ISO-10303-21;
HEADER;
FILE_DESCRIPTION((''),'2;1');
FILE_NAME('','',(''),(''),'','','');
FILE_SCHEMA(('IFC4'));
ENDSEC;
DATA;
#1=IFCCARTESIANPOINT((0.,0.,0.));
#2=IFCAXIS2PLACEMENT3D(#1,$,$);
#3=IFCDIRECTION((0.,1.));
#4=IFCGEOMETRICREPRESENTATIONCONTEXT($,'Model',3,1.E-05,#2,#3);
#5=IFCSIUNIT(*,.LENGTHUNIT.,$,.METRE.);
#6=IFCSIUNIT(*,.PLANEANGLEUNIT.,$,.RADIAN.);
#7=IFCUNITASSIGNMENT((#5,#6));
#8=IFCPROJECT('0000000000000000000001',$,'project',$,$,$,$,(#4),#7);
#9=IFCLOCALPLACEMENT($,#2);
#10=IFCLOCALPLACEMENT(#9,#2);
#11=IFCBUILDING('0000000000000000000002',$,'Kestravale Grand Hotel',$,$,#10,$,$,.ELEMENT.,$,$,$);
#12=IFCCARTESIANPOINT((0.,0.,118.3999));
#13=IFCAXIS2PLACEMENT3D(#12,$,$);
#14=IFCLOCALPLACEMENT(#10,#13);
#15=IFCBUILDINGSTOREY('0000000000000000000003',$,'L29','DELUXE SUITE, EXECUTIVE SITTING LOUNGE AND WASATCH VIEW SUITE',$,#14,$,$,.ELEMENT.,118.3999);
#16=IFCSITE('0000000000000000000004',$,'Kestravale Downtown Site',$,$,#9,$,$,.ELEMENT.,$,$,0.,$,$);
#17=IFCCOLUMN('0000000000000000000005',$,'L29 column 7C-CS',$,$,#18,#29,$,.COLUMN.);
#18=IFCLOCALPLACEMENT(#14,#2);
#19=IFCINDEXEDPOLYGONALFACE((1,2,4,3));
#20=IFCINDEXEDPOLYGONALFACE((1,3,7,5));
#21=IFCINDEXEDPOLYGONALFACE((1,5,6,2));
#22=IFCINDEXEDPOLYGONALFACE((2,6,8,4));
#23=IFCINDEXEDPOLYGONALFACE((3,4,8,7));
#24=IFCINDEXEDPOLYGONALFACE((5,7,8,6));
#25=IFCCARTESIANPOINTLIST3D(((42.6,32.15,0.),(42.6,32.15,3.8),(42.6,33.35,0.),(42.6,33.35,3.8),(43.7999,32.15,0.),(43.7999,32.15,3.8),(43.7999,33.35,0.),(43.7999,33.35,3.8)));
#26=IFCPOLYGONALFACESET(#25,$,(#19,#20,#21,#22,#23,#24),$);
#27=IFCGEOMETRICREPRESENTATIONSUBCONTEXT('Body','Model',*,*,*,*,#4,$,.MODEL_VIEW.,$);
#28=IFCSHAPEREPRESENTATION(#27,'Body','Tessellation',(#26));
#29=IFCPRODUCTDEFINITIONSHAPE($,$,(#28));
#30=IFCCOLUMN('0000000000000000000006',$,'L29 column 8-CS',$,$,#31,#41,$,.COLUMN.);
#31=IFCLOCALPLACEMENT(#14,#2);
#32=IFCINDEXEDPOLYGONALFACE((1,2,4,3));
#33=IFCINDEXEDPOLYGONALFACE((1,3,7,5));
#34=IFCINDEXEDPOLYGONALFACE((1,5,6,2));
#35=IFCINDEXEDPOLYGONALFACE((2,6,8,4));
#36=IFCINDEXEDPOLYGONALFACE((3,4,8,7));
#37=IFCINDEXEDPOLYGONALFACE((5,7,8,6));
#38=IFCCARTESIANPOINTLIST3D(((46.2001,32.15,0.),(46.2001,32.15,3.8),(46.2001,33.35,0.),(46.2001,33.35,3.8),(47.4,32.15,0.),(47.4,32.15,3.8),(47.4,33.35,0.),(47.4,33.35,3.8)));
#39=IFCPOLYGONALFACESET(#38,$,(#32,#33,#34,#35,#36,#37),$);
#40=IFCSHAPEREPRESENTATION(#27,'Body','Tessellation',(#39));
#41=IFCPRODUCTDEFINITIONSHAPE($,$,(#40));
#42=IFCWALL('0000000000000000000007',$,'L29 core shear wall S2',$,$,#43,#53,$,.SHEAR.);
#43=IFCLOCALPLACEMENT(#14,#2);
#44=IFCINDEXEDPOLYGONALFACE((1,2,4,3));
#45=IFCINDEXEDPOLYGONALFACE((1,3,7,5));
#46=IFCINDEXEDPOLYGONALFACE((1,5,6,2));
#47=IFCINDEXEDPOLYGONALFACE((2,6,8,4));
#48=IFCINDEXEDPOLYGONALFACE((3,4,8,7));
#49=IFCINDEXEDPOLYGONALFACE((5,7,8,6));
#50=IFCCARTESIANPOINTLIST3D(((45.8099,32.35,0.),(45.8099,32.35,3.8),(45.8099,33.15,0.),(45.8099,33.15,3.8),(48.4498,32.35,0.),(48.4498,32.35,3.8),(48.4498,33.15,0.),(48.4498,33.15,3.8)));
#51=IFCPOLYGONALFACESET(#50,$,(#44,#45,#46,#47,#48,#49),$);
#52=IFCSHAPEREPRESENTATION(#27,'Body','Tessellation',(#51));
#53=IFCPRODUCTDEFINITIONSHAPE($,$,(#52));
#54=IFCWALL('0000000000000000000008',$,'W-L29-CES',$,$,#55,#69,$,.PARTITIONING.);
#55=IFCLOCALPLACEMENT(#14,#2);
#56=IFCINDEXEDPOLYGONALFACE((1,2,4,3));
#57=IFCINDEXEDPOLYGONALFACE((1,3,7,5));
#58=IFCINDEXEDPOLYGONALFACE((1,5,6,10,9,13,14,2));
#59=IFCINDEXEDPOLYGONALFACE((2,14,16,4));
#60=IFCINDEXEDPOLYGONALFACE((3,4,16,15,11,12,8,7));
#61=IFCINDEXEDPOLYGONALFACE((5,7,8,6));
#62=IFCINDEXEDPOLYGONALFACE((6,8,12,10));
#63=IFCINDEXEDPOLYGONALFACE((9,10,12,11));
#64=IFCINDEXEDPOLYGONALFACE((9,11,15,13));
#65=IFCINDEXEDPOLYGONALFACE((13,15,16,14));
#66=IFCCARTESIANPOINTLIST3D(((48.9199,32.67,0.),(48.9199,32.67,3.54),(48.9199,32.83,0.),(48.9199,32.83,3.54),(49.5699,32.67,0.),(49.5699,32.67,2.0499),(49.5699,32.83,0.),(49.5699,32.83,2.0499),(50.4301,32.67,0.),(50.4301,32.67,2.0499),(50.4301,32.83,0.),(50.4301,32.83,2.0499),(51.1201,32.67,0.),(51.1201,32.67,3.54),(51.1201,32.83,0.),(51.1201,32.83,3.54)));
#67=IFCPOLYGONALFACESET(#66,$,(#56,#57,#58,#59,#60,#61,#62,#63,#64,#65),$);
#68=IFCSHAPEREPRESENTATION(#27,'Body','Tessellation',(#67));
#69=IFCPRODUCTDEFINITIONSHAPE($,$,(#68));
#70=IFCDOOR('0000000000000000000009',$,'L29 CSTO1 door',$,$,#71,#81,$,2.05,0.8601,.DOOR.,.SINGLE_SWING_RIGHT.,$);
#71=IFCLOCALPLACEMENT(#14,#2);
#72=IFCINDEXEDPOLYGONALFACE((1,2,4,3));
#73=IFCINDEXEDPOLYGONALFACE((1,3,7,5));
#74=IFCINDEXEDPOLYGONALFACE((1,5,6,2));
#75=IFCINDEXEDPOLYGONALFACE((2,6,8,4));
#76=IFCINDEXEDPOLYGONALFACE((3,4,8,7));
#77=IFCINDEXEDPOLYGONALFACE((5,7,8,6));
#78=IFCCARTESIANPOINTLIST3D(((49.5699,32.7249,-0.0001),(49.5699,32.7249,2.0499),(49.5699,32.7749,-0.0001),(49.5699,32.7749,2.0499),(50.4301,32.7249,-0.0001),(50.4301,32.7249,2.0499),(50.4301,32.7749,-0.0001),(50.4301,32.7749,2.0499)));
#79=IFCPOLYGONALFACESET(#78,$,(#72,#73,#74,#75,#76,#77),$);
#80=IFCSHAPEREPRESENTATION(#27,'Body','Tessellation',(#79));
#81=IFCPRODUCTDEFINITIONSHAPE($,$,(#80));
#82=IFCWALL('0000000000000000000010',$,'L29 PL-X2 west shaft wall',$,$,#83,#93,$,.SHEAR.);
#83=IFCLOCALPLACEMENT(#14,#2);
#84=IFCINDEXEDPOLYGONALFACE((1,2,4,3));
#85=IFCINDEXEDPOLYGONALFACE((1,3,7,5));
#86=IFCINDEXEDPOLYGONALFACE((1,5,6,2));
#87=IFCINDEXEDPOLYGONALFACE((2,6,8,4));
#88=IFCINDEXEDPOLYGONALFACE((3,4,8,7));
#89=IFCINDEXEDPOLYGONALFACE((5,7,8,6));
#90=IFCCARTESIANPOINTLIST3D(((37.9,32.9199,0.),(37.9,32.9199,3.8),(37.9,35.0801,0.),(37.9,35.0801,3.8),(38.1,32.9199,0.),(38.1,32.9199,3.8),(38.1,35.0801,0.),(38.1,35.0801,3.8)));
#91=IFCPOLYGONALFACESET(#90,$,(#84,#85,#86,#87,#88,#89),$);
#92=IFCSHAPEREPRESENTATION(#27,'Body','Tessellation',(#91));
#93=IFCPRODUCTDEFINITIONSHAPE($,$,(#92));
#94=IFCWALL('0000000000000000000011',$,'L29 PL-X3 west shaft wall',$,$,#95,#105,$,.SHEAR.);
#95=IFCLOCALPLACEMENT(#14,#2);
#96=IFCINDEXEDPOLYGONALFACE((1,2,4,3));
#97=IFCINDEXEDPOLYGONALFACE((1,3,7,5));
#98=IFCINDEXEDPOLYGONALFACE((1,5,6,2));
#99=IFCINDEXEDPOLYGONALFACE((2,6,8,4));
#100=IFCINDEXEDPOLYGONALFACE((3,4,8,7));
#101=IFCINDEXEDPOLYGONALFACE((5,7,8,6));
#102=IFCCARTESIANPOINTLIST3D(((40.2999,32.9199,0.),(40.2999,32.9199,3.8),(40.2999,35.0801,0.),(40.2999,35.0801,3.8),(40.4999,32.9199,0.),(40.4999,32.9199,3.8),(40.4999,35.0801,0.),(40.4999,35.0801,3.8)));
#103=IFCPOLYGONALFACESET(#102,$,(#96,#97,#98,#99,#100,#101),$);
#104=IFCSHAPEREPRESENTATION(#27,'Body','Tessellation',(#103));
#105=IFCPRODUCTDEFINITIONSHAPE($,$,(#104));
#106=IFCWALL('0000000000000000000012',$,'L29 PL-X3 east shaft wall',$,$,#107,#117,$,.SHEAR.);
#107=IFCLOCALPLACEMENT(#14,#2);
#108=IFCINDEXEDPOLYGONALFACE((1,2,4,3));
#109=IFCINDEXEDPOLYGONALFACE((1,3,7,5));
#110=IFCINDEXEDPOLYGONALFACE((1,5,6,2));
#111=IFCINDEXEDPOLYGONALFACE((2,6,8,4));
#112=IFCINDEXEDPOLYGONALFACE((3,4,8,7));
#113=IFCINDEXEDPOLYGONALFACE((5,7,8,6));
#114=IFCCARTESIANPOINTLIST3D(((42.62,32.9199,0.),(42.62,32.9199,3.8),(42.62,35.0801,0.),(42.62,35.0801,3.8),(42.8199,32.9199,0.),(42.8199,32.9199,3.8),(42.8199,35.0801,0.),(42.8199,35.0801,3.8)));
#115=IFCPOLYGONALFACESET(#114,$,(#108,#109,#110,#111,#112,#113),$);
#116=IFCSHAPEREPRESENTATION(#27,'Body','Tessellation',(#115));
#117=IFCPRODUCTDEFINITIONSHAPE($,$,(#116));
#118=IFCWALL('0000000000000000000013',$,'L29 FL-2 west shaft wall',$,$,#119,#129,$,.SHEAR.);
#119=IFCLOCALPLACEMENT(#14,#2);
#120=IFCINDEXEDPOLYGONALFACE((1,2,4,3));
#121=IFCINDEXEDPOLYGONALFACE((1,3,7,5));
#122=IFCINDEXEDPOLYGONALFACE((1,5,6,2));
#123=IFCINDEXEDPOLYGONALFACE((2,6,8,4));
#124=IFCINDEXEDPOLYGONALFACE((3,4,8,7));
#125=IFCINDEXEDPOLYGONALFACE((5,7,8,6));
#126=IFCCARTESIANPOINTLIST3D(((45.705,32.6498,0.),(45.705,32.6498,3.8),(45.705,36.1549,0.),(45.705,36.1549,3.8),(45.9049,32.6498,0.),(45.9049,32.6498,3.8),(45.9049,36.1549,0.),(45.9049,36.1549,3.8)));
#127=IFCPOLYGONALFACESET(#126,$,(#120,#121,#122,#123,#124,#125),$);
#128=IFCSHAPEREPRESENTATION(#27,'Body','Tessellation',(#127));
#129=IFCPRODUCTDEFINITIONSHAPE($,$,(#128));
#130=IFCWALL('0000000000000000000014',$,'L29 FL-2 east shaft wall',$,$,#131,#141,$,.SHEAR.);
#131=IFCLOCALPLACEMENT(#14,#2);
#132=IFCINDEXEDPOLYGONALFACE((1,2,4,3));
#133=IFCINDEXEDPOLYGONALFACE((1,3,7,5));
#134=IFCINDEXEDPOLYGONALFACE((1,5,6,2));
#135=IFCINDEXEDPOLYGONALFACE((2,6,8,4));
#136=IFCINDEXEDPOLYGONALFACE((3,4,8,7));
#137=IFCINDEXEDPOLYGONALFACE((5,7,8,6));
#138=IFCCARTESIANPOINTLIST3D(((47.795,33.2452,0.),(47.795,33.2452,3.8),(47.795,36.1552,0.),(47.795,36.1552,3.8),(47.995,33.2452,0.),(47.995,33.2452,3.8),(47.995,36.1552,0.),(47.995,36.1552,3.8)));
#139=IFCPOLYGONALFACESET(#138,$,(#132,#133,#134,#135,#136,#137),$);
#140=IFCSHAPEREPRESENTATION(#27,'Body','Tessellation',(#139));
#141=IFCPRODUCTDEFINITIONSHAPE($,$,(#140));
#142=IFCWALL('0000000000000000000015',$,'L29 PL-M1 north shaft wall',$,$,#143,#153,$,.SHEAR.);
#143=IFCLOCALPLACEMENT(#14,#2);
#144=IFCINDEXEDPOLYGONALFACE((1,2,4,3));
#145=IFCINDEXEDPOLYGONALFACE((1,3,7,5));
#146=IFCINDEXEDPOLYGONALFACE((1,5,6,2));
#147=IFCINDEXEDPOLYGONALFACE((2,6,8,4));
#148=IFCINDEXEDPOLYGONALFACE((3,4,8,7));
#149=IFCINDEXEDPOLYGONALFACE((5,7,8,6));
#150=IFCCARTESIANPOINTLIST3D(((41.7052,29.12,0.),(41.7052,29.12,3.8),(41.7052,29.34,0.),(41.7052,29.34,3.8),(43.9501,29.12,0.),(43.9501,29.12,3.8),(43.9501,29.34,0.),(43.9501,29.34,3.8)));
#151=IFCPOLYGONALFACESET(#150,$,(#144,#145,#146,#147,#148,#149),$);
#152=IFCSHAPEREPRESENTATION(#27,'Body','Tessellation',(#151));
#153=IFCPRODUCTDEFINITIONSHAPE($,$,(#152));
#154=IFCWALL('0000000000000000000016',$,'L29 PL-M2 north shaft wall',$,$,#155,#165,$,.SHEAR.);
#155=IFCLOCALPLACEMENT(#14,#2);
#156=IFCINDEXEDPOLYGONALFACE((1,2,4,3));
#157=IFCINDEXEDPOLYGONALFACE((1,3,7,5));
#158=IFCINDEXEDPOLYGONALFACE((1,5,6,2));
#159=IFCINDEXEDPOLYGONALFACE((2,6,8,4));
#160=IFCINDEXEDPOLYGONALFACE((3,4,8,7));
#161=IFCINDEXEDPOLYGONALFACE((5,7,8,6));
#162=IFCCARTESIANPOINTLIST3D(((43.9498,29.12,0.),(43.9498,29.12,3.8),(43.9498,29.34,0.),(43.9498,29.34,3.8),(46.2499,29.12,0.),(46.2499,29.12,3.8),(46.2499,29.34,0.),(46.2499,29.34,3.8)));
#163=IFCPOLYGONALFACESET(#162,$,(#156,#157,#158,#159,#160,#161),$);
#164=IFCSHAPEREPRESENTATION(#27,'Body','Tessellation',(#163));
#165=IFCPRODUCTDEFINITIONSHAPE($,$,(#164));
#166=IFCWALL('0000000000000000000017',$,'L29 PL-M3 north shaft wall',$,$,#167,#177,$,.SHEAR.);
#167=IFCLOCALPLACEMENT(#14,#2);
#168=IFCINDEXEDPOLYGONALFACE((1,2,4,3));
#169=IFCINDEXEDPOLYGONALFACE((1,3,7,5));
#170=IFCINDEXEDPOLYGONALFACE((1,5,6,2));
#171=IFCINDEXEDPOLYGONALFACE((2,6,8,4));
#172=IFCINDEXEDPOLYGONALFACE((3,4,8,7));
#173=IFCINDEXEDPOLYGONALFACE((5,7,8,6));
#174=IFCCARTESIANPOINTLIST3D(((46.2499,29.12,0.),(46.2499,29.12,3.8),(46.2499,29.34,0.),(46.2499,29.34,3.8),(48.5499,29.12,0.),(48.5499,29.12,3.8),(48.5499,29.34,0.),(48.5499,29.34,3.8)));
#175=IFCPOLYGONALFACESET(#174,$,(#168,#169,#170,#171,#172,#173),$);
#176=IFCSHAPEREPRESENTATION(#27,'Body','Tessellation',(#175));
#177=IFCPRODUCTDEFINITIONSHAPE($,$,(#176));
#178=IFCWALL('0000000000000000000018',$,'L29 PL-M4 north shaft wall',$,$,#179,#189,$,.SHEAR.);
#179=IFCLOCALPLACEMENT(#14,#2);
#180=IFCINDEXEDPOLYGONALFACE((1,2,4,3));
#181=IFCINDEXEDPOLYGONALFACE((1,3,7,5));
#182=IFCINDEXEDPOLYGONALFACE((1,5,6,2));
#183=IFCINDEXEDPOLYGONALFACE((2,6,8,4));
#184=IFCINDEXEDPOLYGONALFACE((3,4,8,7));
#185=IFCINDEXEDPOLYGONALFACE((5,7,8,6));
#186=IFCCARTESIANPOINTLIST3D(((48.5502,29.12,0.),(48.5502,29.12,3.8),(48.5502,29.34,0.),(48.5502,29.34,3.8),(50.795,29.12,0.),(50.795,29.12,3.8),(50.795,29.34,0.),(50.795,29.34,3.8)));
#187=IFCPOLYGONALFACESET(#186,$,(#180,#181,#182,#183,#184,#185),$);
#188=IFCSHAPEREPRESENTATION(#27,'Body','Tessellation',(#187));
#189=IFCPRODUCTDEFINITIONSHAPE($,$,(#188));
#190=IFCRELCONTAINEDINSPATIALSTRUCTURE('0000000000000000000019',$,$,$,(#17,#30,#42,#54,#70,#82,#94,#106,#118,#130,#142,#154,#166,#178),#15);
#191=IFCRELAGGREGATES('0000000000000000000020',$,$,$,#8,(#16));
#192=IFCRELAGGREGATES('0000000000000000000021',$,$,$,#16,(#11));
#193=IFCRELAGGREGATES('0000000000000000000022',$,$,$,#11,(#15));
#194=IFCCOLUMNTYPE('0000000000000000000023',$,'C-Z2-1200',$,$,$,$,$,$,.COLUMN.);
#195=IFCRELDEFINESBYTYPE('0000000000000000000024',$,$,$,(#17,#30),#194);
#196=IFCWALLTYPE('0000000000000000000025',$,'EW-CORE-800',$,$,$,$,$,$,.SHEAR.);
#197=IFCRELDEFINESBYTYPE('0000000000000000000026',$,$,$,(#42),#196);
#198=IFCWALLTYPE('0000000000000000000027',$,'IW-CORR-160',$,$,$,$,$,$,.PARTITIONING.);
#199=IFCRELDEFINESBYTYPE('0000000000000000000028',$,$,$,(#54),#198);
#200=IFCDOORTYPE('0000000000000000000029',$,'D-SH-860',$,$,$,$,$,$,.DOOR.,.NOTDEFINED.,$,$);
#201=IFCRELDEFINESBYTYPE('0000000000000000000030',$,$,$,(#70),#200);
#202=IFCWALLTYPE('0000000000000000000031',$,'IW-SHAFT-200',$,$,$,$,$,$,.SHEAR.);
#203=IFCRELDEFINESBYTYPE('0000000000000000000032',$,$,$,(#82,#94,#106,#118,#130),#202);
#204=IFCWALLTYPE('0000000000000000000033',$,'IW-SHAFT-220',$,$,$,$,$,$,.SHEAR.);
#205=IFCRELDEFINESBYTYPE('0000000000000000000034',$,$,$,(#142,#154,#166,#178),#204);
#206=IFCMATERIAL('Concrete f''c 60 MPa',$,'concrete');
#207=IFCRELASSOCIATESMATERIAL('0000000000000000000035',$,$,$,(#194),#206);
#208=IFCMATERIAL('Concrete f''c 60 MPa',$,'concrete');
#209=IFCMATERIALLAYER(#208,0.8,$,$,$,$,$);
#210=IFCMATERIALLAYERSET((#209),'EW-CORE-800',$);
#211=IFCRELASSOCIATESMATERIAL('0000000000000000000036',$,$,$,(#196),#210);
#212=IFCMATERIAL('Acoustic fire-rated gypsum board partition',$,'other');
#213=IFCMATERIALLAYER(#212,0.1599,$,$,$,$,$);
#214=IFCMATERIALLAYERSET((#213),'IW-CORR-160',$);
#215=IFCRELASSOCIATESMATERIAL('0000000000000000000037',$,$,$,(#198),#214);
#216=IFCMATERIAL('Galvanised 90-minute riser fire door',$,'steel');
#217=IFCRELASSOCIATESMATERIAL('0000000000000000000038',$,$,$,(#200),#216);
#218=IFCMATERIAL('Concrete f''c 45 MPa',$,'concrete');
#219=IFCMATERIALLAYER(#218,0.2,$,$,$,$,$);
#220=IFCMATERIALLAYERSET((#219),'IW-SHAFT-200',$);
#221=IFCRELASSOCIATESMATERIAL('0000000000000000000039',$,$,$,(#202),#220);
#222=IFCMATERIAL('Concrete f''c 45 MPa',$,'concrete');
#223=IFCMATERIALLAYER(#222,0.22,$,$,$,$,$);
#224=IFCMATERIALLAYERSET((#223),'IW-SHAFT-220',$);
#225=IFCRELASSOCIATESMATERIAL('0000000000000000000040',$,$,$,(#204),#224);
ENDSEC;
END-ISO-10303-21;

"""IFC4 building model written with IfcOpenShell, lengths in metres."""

from ifc_helpers import new_model, si_unit, direction, frame, frame_2d, origin, origin_2d, place, context, subcontext, project, spatial, rectangle, extrude, material, layer, layer_set, material_profile, profile_set, type_object, element, fill, save


model = new_model("IFC4")

# Units and contexts
model_context = context("Model", 3, precision=1e-05, world=origin(), true_north=direction((0.0, 1.0)))
body_context = subcontext(model_context, "Body", "Model", "MODEL_VIEW")
ifc_project = project(units=[si_unit("LENGTHUNIT", "METRE"), si_unit("PLANEANGLEUNIT", "RADIAN")], contexts=[model_context])

# Site, building, storey
site_placement = place(None, origin())
site = spatial("IfcSite", under=ifc_project, at=site_placement, Name="Kestravale Downtown Site", CompositionType="ELEMENT", RefElevation=0.0)
building_placement = place(site_placement, origin())
building = spatial("IfcBuilding", under=site, at=building_placement, Name="Kestravale Grand Hotel", CompositionType="ELEMENT")
storey_placement = place(building_placement, frame((0.0, 0.0, 118.3999)))
storey = spatial("IfcBuildingStorey", under=building, at=storey_placement, Name="L29", Description="DELUXE SUITE, EXECUTIVE SITTING LOUNGE AND WASATCH VIEW SUITE", CompositionType="ELEMENT", Elevation=118.3999)

# Columns
ifc_material_1 = material(Name="Concrete f'c 60 MPa", Category="concrete")
ifc_material_profile = material_profile(ifc_material_1, rectangle(XDim=1.2, YDim=1.2, at=origin_2d()))
ifc_profile_set = profile_set([ifc_material_profile], Name="Concrete f'c 60 MPa")
column_type = type_object("IfcColumnType", Name="C-Z2-1200", PredefinedType="COLUMN", material=ifc_profile_set)
for number, where, z_axis, x_axis, name in (
    (1, (43.2, 32.75, 0.0), (0.0, 0.0, 1.0), (1.0, 0.0, 0.0), "L29 column 7C-CS"),
    (2, (46.8, 32.75, 0.0), (0.0, 0.0, 1.0), (1.0, 0.0, 0.0), "L29 column 8-CS"),
):
    element("IfcColumn", number, at=place(storey_placement, frame(where, z_axis=z_axis, x_axis=x_axis)), inside=storey, type_object=column_type, Name=name, PredefinedType="COLUMN", context=body_context, shape_type="SweptSolid", body=[
        extrude(rectangle(XDim=1.2, YDim=1.2, at=origin_2d()), origin(), (0.0, 0.0, 1.0), 3.8),
    ])

# Wall
ifc_material_2 = material(Name="Concrete f'c 60 MPa", Category="concrete")
ifc_layer_1 = layer(ifc_material_2, 0.8)
ifc_layer_set_1 = layer_set([ifc_layer_1], Name="EW-CORE-800")
wall_type_1 = type_object("IfcWallType", Name="EW-CORE-800", PredefinedType="SHEAR", material=ifc_layer_set_1)
wall_1_placement = place(storey_placement, frame((45.8101, 32.75, 0.0), z_axis=(0.0, 0.0, 1.0), x_axis=(1.0, 0.0, 0.0)))
element("IfcWall", 3, at=wall_1_placement, inside=storey, type_object=wall_type_1, Name="L29 core shear wall S2", PredefinedType="SHEAR", context=body_context, shape_type="SweptSolid", body=[
    extrude(rectangle(XDim=2.6399, YDim=0.8, at=frame_2d((1.3198, 0.0))), origin(), (0.0, 0.0, 1.0), 3.8),
])

# Wall, opening, door
ifc_material_3 = material(Name="Acoustic fire-rated gypsum board partition", Category="other")
ifc_layer_2 = layer(ifc_material_3, 0.1599)
ifc_layer_set_2 = layer_set([ifc_layer_2], Name="IW-CORR-160")
wall_type_2 = type_object("IfcWallType", Name="IW-CORR-160", PredefinedType="PARTITIONING", material=ifc_layer_set_2)
wall_2_placement = place(storey_placement, frame((48.9199, 32.75, 0.0), z_axis=(0.0, 0.0, 1.0), x_axis=(1.0, 0.0, 0.0)))
wall_2 = element("IfcWall", 4, at=wall_2_placement, inside=storey, type_object=wall_type_2, Name="W-L29-CES", PredefinedType="PARTITIONING", context=body_context, shape_type="SweptSolid", body=[
    extrude(rectangle(XDim=2.2002, YDim=0.1599, at=frame_2d((1.1001, 0.0))), origin(), (0.0, 0.0, 1.0), 3.54),
])
opening_1_placement = place(wall_2_placement, frame((0.6499, 0.0, 0.0)))
opening_1 = element("IfcOpeningElement", 5, at=opening_1_placement, cuts=wall_2, PredefinedType="OPENING", context=body_context, shape_type="SweptSolid", body=[
    extrude(rectangle(XDim=0.8601, YDim=2.05, at=frame_2d((0.4302, 1.0249))), frame((0.0, 0.0898, 0.0), z_axis=(0.0, -1.0, 0.0), x_axis=(1.0, 0.0, 0.0)), (0.0, 0.0, 1.0), 0.1799),
])
ifc_material_4 = material(Name="Galvanised 90-minute riser fire door", Category="steel")
door_type_1 = type_object("IfcDoorType", Name="D-SH-860", OperationType="NOTDEFINED", PredefinedType="DOOR", material=ifc_material_4)
door_1_placement = place(opening_1_placement, origin())
door_1 = element("IfcDoor", 6, at=door_1_placement, inside=storey, type_object=door_type_1, Name="L29 CSTO1 door", OperationType="SINGLE_SWING_RIGHT", OverallHeight=2.05, OverallWidth=0.8601, PredefinedType="DOOR", context=body_context, shape_type="SweptSolid", body=[
    extrude(rectangle(XDim=0.8601, YDim=2.05, at=frame_2d((0.4302, 1.0249))), frame((0.0, 0.0249, 0.0), z_axis=(0.0, -1.0, 0.0), x_axis=(1.0, 0.0, 0.0)), (0.0, 0.0, 1.0), 0.05),
])
fill(opening_1, door_1)

# Walls
ifc_material_5 = material(Name="Concrete f'c 45 MPa", Category="concrete")
ifc_layer_3 = layer(ifc_material_5, 0.2)
ifc_layer_set_3 = layer_set([ifc_layer_3], Name="IW-SHAFT-200")
wall_type_3 = type_object("IfcWallType", Name="IW-SHAFT-200", PredefinedType="SHEAR", material=ifc_layer_set_3)
for number, where, z_axis, x_axis, name in (
    (7, (38.0, 32.9199, 0.0), (0.0, 0.0, 1.0), (0.0, 1.0, 0.0), "L29 PL-X2 west shaft wall"),
    (8, (40.3999, 32.9199, 0.0), (0.0, 0.0, 1.0), (0.0, 1.0, 0.0), "L29 PL-X3 west shaft wall"),
    (9, (42.72, 32.9199, 0.0), (0.0, 0.0, 1.0), (0.0, 1.0, 0.0), "L29 PL-X3 east shaft wall"),
):
    element("IfcWall", number, at=place(storey_placement, frame(where, z_axis=z_axis, x_axis=x_axis)), inside=storey, type_object=wall_type_3, Name=name, PredefinedType="SHEAR", context=body_context, shape_type="SweptSolid", body=[
        extrude(rectangle(XDim=2.1602, YDim=0.2, at=frame_2d((1.0801, 0.0))), origin(), (0.0, 0.0, 1.0), 3.8),
    ])
wall_3_placement = place(storey_placement, frame((45.8049, 32.6499, 0.0), z_axis=(0.0, 0.0, 1.0), x_axis=(0.0, 1.0, 0.0)))
element("IfcWall", 10, at=wall_3_placement, inside=storey, type_object=wall_type_3, Name="L29 FL-2 west shaft wall", PredefinedType="SHEAR", context=body_context, shape_type="SweptSolid", body=[
    extrude(rectangle(XDim=3.5051, YDim=0.2, at=frame_2d((1.7524, 0.0))), origin(), (0.0, 0.0, 1.0), 3.8),
])
wall_4_placement = place(storey_placement, frame((47.895, 33.2451, 0.0), z_axis=(0.0, 0.0, 1.0), x_axis=(0.0, 1.0, 0.0)))
element("IfcWall", 11, at=wall_4_placement, inside=storey, type_object=wall_type_3, Name="L29 FL-2 east shaft wall", PredefinedType="SHEAR", context=body_context, shape_type="SweptSolid", body=[
    extrude(rectangle(XDim=2.9099, YDim=0.2, at=frame_2d((1.4551, 0.0))), origin(), (0.0, 0.0, 1.0), 3.8),
])
ifc_material_6 = material(Name="Concrete f'c 45 MPa", Category="concrete")
ifc_layer_4 = layer(ifc_material_6, 0.22)
ifc_layer_set_4 = layer_set([ifc_layer_4], Name="IW-SHAFT-220")
wall_type_4 = type_object("IfcWallType", Name="IW-SHAFT-220", PredefinedType="SHEAR", material=ifc_layer_set_4)
wall_5_placement = place(storey_placement, frame((41.7051, 29.23, 0.0), z_axis=(0.0, 0.0, 1.0), x_axis=(1.0, 0.0, 0.0)))
element("IfcWall", 12, at=wall_5_placement, inside=storey, type_object=wall_type_4, Name="L29 PL-M1 north shaft wall", PredefinedType="SHEAR", context=body_context, shape_type="SweptSolid", body=[
    extrude(rectangle(XDim=2.2449, YDim=0.22, at=frame_2d((1.1226, 0.0))), origin(), (0.0, 0.0, 1.0), 3.8),
])
for number, where, z_axis, x_axis, name in (
    (13, (43.95, 29.23, 0.0), (0.0, 0.0, 1.0), (1.0, 0.0, 0.0), "L29 PL-M2 north shaft wall"),
    (14, (46.25, 29.23, 0.0), (0.0, 0.0, 1.0), (1.0, 0.0, 0.0), "L29 PL-M3 north shaft wall"),
):
    element("IfcWall", number, at=place(storey_placement, frame(where, z_axis=z_axis, x_axis=x_axis)), inside=storey, type_object=wall_type_4, Name=name, PredefinedType="SHEAR", context=body_context, shape_type="SweptSolid", body=[
        extrude(rectangle(XDim=2.3, YDim=0.22, at=frame_2d((1.1499, 0.0))), origin(), (0.0, 0.0, 1.0), 3.8),
    ])
wall_6_placement = place(storey_placement, frame((48.55, 29.23, 0.0), z_axis=(0.0, 0.0, 1.0), x_axis=(1.0, 0.0, 0.0)))
element("IfcWall", 15, at=wall_6_placement, inside=storey, type_object=wall_type_4, Name="L29 PL-M4 north shaft wall", PredefinedType="SHEAR", context=body_context, shape_type="SweptSolid", body=[
    extrude(rectangle(XDim=2.2449, YDim=0.22, at=frame_2d((1.1226, 0.0))), origin(), (0.0, 0.0, 1.0), 3.8),
])

save(model, "model.ifc")
